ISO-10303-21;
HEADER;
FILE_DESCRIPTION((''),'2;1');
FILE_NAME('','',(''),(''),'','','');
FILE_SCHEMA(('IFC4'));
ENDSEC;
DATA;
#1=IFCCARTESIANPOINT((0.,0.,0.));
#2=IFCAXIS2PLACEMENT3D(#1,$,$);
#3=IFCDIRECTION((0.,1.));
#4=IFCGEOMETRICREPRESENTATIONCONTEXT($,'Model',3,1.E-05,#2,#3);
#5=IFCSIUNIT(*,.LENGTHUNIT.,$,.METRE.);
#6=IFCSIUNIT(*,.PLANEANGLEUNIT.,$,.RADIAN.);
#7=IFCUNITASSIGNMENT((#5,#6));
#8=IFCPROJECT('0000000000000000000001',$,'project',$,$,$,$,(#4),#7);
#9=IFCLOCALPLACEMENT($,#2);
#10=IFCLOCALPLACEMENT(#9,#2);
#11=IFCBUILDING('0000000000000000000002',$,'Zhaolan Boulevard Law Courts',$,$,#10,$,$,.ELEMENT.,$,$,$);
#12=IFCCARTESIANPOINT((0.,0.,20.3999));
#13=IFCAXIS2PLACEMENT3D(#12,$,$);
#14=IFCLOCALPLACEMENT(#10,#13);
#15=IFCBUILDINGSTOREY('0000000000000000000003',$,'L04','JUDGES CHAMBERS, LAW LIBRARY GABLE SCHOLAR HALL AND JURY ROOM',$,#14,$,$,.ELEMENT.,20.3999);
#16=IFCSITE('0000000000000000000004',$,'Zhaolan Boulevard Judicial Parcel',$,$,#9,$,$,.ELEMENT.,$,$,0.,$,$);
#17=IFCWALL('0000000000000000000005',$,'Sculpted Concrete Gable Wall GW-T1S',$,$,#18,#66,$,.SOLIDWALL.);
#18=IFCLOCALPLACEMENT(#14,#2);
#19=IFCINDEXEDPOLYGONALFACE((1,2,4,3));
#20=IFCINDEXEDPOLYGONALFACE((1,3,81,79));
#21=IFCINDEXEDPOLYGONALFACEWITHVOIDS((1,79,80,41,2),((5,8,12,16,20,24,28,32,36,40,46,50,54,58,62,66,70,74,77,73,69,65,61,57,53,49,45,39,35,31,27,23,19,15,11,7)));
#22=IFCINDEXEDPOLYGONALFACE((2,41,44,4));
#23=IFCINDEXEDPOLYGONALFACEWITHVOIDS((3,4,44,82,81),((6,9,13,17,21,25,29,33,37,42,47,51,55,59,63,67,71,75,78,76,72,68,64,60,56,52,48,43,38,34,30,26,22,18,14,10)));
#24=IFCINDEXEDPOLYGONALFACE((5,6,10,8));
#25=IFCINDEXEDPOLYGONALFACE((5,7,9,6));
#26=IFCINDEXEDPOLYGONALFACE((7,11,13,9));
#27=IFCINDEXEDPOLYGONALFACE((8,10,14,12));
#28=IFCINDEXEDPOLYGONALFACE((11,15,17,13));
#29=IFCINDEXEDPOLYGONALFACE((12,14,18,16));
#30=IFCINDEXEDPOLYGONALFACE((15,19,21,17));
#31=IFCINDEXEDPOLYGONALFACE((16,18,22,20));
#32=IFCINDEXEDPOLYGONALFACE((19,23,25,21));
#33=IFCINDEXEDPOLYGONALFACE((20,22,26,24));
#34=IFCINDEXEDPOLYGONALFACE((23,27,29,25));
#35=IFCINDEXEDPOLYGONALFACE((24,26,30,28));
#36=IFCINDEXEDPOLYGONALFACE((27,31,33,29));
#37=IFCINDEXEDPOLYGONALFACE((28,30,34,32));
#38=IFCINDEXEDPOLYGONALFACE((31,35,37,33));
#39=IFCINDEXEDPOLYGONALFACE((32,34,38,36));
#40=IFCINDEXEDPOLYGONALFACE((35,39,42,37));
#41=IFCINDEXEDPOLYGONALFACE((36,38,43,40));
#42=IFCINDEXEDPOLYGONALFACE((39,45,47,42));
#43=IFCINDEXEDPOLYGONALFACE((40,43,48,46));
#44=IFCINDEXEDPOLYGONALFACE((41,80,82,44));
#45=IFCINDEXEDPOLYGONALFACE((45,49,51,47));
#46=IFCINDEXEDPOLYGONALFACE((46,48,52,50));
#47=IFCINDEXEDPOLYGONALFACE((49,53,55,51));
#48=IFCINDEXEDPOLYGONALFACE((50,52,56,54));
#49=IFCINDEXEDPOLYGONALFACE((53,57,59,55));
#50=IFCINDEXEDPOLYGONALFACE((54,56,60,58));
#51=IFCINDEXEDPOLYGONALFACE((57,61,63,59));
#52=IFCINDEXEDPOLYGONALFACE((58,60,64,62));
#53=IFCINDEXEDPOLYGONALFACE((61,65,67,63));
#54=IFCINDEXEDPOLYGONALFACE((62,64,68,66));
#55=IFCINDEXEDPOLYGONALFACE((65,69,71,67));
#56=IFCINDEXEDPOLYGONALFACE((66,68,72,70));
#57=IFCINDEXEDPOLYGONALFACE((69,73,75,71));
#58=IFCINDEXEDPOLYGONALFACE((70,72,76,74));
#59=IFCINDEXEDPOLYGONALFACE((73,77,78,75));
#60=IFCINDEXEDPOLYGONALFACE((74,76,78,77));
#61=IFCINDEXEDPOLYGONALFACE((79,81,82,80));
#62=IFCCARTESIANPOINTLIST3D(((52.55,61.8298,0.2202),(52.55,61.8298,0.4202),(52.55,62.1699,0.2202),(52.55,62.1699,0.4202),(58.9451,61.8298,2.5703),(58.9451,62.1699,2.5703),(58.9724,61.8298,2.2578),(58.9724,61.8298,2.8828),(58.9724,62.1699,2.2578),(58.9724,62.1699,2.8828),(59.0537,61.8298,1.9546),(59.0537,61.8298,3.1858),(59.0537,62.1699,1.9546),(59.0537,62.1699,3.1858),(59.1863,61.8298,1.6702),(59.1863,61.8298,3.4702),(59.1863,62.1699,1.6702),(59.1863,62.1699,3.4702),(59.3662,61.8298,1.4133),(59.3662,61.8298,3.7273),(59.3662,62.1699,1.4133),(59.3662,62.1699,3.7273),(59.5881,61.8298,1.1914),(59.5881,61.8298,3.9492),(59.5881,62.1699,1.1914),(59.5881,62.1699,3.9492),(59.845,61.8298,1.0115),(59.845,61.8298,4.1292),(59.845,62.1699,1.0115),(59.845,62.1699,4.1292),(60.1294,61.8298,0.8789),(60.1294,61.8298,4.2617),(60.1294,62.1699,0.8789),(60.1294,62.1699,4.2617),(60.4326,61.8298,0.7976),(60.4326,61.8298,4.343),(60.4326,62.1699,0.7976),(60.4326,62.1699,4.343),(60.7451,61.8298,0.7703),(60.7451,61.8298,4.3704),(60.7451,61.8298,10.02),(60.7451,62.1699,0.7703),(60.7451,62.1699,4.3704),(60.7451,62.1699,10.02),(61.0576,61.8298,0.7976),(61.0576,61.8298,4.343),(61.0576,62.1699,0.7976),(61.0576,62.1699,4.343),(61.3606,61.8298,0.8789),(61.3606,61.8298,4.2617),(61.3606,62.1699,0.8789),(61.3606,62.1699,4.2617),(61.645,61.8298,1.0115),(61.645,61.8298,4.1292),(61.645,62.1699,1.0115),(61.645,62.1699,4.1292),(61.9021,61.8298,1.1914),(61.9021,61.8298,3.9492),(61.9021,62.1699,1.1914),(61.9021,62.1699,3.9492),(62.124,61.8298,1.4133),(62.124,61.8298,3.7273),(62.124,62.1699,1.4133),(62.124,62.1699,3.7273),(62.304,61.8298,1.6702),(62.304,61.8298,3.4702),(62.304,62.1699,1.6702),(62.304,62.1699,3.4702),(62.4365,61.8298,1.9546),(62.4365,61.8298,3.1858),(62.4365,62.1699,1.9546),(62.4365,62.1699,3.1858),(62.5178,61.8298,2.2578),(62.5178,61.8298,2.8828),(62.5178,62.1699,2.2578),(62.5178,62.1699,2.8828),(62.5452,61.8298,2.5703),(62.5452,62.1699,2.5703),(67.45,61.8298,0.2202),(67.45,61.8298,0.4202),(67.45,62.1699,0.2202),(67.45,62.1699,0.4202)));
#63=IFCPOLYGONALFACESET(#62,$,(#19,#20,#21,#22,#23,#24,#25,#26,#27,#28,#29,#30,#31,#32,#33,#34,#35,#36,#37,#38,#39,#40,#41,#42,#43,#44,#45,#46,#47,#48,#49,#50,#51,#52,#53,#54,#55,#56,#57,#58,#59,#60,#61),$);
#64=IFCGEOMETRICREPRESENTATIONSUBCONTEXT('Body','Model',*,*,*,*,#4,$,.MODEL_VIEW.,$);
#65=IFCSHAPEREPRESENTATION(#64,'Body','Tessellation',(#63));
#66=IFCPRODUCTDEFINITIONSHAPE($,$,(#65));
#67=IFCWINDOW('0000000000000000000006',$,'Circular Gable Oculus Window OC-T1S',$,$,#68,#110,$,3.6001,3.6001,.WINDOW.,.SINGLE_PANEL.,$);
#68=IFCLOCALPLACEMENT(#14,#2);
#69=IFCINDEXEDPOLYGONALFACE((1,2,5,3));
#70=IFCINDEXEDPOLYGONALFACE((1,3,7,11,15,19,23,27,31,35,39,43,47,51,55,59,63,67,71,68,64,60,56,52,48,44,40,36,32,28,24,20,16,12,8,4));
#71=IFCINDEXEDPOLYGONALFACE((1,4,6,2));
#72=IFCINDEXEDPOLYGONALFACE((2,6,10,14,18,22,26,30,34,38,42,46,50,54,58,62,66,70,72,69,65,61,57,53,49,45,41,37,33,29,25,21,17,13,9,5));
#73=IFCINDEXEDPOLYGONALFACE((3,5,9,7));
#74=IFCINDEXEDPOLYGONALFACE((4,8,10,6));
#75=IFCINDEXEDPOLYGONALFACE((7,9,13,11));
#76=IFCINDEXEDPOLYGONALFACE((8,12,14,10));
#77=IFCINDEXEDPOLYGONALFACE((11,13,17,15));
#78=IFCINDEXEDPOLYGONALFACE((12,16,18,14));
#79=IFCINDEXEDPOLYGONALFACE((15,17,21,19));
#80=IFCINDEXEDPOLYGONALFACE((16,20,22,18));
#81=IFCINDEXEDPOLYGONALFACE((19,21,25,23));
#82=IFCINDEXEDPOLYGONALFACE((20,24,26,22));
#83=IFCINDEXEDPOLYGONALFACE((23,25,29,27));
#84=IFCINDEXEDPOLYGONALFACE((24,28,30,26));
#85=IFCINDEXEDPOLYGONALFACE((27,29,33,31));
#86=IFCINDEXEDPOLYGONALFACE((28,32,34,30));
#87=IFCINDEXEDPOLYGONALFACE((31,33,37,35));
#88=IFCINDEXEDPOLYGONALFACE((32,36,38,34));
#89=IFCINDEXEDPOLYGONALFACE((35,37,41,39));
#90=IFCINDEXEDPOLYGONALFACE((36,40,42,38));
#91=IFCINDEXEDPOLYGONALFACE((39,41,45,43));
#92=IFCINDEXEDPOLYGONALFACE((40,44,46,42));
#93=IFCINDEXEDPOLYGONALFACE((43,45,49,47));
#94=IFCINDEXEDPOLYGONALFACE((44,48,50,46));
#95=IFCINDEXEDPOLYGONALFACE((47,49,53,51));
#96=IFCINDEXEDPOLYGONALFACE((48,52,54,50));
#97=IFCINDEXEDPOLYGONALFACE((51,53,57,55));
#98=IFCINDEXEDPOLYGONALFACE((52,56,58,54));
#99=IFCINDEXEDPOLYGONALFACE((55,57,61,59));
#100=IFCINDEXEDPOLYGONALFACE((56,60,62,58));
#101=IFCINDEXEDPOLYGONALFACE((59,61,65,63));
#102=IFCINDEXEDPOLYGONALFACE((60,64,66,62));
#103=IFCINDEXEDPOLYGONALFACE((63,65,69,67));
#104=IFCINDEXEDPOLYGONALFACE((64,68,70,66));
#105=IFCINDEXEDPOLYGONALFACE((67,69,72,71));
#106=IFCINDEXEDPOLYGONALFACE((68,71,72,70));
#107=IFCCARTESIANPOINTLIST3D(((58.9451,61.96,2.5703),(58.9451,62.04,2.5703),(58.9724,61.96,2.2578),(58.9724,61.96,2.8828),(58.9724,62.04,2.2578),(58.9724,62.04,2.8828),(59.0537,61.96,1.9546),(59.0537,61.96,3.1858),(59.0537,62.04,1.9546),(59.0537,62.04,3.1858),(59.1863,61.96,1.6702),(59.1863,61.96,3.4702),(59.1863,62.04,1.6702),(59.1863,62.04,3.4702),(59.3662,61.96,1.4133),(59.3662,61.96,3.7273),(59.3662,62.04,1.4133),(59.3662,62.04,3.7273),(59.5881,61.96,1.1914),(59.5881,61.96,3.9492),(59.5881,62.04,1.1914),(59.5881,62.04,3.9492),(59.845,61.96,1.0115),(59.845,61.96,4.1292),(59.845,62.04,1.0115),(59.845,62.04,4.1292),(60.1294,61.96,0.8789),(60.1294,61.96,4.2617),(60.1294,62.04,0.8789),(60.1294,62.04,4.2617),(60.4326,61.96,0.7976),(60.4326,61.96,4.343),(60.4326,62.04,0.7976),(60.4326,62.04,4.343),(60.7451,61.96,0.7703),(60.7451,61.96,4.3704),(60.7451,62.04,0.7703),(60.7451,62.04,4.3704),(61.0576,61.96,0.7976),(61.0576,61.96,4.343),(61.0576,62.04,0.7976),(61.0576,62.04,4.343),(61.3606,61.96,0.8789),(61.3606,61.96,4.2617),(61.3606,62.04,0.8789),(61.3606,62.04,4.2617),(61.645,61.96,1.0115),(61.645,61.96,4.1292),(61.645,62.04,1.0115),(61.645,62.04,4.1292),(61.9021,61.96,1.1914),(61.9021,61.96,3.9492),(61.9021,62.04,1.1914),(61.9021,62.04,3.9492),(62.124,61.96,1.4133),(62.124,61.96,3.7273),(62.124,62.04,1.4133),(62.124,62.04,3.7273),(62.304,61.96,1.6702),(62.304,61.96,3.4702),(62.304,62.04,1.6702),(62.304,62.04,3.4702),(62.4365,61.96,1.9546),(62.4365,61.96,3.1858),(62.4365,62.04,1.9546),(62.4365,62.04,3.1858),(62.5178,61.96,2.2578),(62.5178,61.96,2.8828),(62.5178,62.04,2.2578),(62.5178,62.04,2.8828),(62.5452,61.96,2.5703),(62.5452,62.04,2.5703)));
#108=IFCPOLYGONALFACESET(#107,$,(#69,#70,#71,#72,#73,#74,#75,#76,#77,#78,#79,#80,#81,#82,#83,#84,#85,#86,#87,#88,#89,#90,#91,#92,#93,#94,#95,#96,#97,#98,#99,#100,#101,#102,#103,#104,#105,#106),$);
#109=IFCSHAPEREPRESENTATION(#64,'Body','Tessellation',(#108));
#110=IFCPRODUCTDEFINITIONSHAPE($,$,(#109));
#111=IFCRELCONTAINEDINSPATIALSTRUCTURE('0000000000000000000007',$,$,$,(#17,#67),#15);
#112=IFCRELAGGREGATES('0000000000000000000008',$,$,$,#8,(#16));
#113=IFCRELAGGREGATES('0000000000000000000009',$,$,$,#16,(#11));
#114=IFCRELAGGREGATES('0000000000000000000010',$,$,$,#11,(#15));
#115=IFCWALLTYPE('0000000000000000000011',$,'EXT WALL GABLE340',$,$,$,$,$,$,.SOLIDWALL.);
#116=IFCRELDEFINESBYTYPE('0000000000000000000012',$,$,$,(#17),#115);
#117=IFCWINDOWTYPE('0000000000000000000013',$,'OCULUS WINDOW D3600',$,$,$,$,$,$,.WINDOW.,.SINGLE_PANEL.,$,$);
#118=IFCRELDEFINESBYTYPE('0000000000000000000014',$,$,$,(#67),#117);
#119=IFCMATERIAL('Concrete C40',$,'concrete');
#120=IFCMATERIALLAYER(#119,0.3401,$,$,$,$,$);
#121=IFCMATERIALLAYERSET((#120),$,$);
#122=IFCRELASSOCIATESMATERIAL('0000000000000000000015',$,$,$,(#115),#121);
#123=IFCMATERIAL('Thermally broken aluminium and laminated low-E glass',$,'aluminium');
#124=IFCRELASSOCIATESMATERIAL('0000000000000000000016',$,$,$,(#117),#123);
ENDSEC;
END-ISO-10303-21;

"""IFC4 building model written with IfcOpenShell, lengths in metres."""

from ifc_helpers import new_model, si_unit, direction, frame, origin, place, context, subcontext, project, spatial, polyline, outline, extrude, material, layer, layer_set, type_object, element, fill, save


model = new_model("IFC4")

# Units and contexts
model_context = context("Model", 3, precision=1e-05, world=origin(), true_north=direction((0.0, 1.0)))
body_context = subcontext(model_context, "Body", "Model", "MODEL_VIEW")
ifc_project = project(units=[si_unit("LENGTHUNIT", "METRE"), si_unit("PLANEANGLEUNIT", "RADIAN")], contexts=[model_context])

# Site, building, storey
site_placement = place(None, origin())
site = spatial("IfcSite", under=ifc_project, at=site_placement, Name="Zhaolan Boulevard Judicial Parcel", CompositionType="ELEMENT", RefElevation=0.0)
building_placement = place(site_placement, origin())
building = spatial("IfcBuilding", under=site, at=building_placement, Name="Zhaolan Boulevard Law Courts", CompositionType="ELEMENT")
storey_placement = place(building_placement, frame((0.0, 0.0, 20.3999)))
storey = spatial("IfcBuildingStorey", under=building, at=storey_placement, Name="L04", Description="JUDGES CHAMBERS, LAW LIBRARY GABLE SCHOLAR HALL AND JURY ROOM", CompositionType="ELEMENT", Elevation=20.3999)

# Wall, opening, window
ifc_material_1 = material(Name="Concrete C40", Category="concrete")
ifc_layer_1 = layer(ifc_material_1, 0.3401)
ifc_layer_set_1 = layer_set([ifc_layer_1])
wall_type_1 = type_object("IfcWallType", Name="EXT WALL GABLE340", PredefinedType="SOLIDWALL", material=ifc_layer_set_1)
wall_1_placement = place(storey_placement, frame((52.55, 62.0, 0.2202), z_axis=(0.0, 0.0, 1.0), x_axis=(1.0, 0.0, 0.0)))
wall_1 = element("IfcWall", 1, at=wall_1_placement, inside=storey, type_object=wall_type_1, Name="Sculpted Concrete Gable Wall GW-T1S", PredefinedType="SOLIDWALL", context=body_context, shape_type="SweptSolid", body=[
    extrude(outline(polyline([(0.0, 0.0), (14.8999, 0.0), (14.8999, 0.2), (8.1951, 9.7998), (0.0, 0.2), (0.0, 0.0)])), frame((0.0, 0.1699, 0.0), z_axis=(0.0, -1.0, 0.0), x_axis=(1.0, 0.0, 0.0)), (0.0, 0.0, 1.0), 0.3401),
])
opening_placement = place(wall_1_placement, frame((6.395, 0.0, 0.55)))
opening = element("IfcOpeningElement", 2, at=opening_placement, cuts=wall_1, PredefinedType="OPENING", context=body_context, shape_type="SweptSolid", body=[
    extrude(outline(polyline([(3.6001, 1.8), (3.5728, 2.1125), (3.4915, 2.4155), (3.3589, 2.7), (3.179, 2.957), (2.957, 3.179), (2.7, 3.3589), (2.4155, 3.4915), (2.1125, 3.5728), (1.8, 3.6001), (1.4875, 3.5728), (1.1843, 3.4915), (0.8999, 3.3589), (0.6431, 3.179), (0.4211, 2.957), (0.2412, 2.7), (0.1086, 2.4155), (0.0273, 2.1125), (0.0, 1.8), (0.0273, 1.4875), (0.1086, 1.1843), (0.2412, 0.8999), (0.4211, 0.6431), (0.6431, 0.4211), (0.8999, 0.2412), (1.1843, 0.1086), (1.4875, 0.0273), (1.8, 0.0), (2.1125, 0.0273), (2.4155, 0.1086), (2.7, 0.2412), (2.957, 0.4211), (3.179, 0.6431), (3.3589, 0.8999), (3.4915, 1.1843), (3.5728, 1.4875), (3.6001, 1.8)])), frame((0.0, 0.1799, 0.0), z_axis=(0.0, -1.0, 0.0), x_axis=(1.0, 0.0, 0.0)), (0.0, 0.0, 1.0), 0.3601),
])
ifc_material_2 = material(Name="Thermally broken aluminium and laminated low-E glass", Category="aluminium")
window_type = type_object("IfcWindowType", Name="OCULUS WINDOW D3600", PartitioningType="SINGLE_PANEL", PredefinedType="WINDOW", material=ifc_material_2)
window_placement = place(opening_placement, origin())
window = element("IfcWindow", 3, at=window_placement, inside=storey, type_object=window_type, Name="Circular Gable Oculus Window OC-T1S", OverallHeight=3.6001, OverallWidth=3.6001, PartitioningType="SINGLE_PANEL", PredefinedType="WINDOW", context=body_context, shape_type="SweptSolid", body=[
    extrude(outline(polyline([(3.6001, 1.8), (3.5728, 2.1125), (3.4915, 2.4155), (3.3589, 2.7), (3.179, 2.957), (2.957, 3.179), (2.7, 3.3589), (2.4155, 3.4915), (2.1125, 3.5728), (1.8, 3.6001), (1.4875, 3.5728), (1.1843, 3.4915), (0.8999, 3.3589), (0.6431, 3.179), (0.4211, 2.957), (0.2412, 2.7), (0.1086, 2.4155), (0.0273, 2.1125), (0.0, 1.8), (0.0273, 1.4875), (0.1086, 1.1843), (0.2412, 0.8999), (0.4211, 0.6431), (0.6431, 0.4211), (0.8999, 0.2412), (1.1843, 0.1086), (1.4875, 0.0273), (1.8, 0.0), (2.1125, 0.0273), (2.4155, 0.1086), (2.7, 0.2412), (2.957, 0.4211), (3.179, 0.6431), (3.3589, 0.8999), (3.4915, 1.1843), (3.5728, 1.4875), (3.6001, 1.8)])), frame((0.0, 0.04, 0.0), z_axis=(0.0, -1.0, 0.0), x_axis=(1.0, 0.0, 0.0)), (0.0, 0.0, 1.0), 0.0801),
])
fill(opening, window)

save(model, "model.ifc")
